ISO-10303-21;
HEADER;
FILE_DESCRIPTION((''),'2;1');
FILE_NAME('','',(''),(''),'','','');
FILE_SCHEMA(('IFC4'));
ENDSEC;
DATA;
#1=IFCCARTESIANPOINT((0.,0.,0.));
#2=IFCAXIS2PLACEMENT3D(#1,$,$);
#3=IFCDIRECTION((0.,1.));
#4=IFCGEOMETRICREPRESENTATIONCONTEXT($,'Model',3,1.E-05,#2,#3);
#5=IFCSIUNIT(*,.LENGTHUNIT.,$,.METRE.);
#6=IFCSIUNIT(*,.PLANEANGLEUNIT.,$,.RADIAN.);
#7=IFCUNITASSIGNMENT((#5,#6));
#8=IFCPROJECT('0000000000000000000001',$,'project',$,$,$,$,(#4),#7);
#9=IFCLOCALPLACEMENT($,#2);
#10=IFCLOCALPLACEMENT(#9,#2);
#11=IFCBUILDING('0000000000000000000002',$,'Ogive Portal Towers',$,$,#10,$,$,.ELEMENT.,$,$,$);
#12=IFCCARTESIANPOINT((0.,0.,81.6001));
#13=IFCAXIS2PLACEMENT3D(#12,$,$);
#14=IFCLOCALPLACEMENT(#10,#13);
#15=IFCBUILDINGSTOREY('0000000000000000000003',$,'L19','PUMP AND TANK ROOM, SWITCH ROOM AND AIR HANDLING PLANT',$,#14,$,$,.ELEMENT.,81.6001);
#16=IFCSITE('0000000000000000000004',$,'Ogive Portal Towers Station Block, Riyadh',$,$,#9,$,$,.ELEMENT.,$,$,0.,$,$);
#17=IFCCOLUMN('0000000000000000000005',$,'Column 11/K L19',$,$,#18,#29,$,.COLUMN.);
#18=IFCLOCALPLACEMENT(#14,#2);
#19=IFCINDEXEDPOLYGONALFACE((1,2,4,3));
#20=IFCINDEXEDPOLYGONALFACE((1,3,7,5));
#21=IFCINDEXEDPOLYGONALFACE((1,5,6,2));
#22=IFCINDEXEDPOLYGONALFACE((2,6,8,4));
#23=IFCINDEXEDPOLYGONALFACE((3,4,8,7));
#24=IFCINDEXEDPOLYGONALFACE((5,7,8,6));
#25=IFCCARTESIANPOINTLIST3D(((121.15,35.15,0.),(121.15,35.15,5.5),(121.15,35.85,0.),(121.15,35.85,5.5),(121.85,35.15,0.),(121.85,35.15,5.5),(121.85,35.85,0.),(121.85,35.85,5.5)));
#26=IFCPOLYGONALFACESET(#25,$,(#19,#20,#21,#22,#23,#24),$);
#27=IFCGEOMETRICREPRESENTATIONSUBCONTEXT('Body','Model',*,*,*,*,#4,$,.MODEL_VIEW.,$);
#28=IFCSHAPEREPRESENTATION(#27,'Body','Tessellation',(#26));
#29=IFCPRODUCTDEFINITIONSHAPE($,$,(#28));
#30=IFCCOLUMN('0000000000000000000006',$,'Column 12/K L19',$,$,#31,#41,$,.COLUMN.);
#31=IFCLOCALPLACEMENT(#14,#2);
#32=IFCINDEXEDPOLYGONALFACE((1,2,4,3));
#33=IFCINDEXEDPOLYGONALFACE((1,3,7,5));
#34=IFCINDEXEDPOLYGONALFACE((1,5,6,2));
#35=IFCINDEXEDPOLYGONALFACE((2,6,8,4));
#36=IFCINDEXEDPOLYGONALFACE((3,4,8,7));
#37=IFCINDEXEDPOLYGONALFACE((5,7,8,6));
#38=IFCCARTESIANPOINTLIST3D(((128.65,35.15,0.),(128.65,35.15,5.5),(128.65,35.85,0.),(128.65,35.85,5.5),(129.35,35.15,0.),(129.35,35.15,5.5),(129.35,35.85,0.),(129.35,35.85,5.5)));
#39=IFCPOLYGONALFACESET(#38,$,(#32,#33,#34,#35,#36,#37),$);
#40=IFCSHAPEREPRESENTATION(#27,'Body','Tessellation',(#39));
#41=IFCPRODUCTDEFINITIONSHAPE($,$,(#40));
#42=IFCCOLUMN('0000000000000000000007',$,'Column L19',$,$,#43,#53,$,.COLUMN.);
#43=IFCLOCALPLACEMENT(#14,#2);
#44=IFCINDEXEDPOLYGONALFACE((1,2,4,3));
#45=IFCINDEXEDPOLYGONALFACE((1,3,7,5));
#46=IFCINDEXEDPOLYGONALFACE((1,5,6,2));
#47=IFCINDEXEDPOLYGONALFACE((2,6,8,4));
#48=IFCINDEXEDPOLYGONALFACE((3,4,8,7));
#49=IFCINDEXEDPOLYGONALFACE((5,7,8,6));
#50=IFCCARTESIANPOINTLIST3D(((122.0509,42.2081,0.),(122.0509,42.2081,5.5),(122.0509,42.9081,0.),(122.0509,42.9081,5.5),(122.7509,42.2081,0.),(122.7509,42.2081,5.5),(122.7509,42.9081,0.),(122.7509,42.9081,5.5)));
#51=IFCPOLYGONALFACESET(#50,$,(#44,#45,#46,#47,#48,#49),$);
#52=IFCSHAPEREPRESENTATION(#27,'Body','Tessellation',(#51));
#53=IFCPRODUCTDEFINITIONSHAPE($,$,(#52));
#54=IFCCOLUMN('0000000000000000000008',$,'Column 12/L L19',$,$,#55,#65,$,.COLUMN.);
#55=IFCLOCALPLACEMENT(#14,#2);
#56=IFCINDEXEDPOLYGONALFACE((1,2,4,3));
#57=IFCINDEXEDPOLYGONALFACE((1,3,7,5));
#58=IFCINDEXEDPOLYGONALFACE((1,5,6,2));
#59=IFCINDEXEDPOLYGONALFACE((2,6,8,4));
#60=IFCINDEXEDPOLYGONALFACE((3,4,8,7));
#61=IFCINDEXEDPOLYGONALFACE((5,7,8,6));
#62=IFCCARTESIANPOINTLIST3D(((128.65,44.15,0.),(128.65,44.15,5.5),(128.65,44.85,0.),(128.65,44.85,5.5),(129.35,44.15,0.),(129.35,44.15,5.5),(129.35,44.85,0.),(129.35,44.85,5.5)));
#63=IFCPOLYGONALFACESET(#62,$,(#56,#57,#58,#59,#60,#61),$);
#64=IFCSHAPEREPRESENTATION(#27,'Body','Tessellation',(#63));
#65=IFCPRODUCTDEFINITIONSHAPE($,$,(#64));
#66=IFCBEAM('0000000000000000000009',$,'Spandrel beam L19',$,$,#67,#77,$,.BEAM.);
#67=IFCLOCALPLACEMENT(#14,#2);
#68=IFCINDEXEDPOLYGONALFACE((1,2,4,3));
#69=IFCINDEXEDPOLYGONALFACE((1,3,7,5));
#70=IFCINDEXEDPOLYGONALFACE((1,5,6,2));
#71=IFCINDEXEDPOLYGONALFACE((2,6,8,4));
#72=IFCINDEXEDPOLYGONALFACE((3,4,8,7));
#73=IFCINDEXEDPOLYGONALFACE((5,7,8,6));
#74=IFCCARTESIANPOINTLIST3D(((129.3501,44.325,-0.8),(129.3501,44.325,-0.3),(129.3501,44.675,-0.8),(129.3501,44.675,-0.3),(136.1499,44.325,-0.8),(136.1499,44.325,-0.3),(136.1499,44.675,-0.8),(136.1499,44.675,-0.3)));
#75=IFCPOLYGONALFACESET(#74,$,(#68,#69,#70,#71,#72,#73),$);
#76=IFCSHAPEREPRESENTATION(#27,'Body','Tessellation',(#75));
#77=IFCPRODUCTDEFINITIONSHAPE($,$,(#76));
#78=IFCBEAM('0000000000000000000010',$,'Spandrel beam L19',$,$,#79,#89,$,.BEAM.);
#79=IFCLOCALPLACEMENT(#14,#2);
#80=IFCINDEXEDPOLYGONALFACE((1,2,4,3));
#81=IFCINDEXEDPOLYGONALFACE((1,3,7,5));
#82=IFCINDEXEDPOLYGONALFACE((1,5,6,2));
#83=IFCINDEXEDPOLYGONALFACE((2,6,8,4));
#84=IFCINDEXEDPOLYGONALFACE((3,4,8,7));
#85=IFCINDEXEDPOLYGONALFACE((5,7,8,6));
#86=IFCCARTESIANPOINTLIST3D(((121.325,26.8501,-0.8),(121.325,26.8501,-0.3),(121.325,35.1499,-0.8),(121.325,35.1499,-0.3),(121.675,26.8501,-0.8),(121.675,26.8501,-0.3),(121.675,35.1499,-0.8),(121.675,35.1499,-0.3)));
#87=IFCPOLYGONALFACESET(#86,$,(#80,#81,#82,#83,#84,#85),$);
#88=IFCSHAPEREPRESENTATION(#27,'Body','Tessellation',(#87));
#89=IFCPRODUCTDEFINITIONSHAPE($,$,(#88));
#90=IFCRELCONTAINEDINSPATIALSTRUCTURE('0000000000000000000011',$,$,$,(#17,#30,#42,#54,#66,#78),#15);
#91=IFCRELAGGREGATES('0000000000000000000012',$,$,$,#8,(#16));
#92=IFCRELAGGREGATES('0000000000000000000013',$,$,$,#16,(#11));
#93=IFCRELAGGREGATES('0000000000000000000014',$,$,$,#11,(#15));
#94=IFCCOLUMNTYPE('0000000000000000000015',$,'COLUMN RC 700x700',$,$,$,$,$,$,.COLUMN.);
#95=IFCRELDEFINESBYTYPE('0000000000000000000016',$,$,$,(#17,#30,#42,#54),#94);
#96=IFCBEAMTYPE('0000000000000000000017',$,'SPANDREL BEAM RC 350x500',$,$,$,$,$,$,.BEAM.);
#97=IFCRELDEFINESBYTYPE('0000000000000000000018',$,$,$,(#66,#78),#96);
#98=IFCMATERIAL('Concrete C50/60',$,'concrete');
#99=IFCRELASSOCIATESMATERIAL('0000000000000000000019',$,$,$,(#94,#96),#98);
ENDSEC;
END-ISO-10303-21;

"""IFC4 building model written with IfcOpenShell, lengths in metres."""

from ifc_helpers import new_model, si_unit, direction, frame, origin, origin_2d, place, context, subcontext, project, spatial, rectangle, extrude, material, material_profile, profile_set, type_object, element, save


model = new_model("IFC4")

# Units and contexts
model_context = context("Model", 3, precision=1e-05, world=origin(), true_north=direction((0.0, 1.0)))
body_context = subcontext(model_context, "Body", "Model", "MODEL_VIEW")
ifc_project = project(units=[si_unit("LENGTHUNIT", "METRE"), si_unit("PLANEANGLEUNIT", "RADIAN")], contexts=[model_context])

# Site, building, storey
site_placement = place(None, origin())
site = spatial("IfcSite", under=ifc_project, at=site_placement, Name="Ogive Portal Towers Station Block, Riyadh", CompositionType="ELEMENT", RefElevation=0.0)
building_placement = place(site_placement, origin())
building = spatial("IfcBuilding", under=site, at=building_placement, Name="Ogive Portal Towers", CompositionType="ELEMENT")
storey_placement = place(building_placement, frame((0.0, 0.0, 81.6001)))
storey = spatial("IfcBuildingStorey", under=building, at=storey_placement, Name="L19", Description="PUMP AND TANK ROOM, SWITCH ROOM AND AIR HANDLING PLANT", CompositionType="ELEMENT", Elevation=81.6001)

# Columns
ifc_material_1 = material(Name="Concrete C50/60", Category="concrete")
ifc_material_profile_1 = material_profile(ifc_material_1, rectangle(XDim=0.7, YDim=0.7, at=origin_2d()), Name="RC 700x700")
ifc_profile_set_1 = profile_set([ifc_material_profile_1], Name="Concrete C50/60")
column_type = type_object("IfcColumnType", Name="COLUMN RC 700x700", PredefinedType="COLUMN", material=ifc_profile_set_1)
for number, where, z_axis, x_axis, name in (
    (1, (121.5, 35.5, 0.0), (0.0, 0.0, 1.0), (1.0, 0.0, 0.0), "Column 11/K L19"),
    (2, (129.0, 35.5, 0.0), (0.0, 0.0, 1.0), (1.0, 0.0, 0.0), "Column 12/K L19"),
    (3, (122.4009, 42.5581, 0.0), (0.0, 0.0, 1.0), (1.0, 0.0, 0.0), "Column L19"),
    (4, (129.0, 44.5, 0.0), (0.0, 0.0, 1.0), (1.0, 0.0, 0.0), "Column 12/L L19"),
):
    element("IfcColumn", number, at=place(storey_placement, frame(where, z_axis=z_axis, x_axis=x_axis)), inside=storey, type_object=column_type, Name=name, PredefinedType="COLUMN", context=body_context, shape_type="SweptSolid", body=[
        extrude(rectangle(XDim=0.7, YDim=0.7, at=origin_2d()), origin(), (0.0, 0.0, 1.0), 5.5),
    ])

# Beams
ifc_material_profile_2 = material_profile(ifc_material_1, rectangle(XDim=0.3501, YDim=0.5, at=origin_2d()), Name="RC 350x500")
ifc_profile_set_2 = profile_set([ifc_material_profile_2], Name="Concrete C50/60")
beam_type = type_object("IfcBeamType", Name="SPANDREL BEAM RC 350x500", PredefinedType="BEAM", material=ifc_profile_set_2)
beam_1_placement = place(storey_placement, frame((136.1499, 44.5, -0.55), z_axis=(-1.0, 0.0, 0.0), x_axis=(0.0, -1.0, 0.0)))
element("IfcBeam", 5, at=beam_1_placement, inside=storey, type_object=beam_type, Name="Spandrel beam L19", PredefinedType="BEAM", context=body_context, shape_type="SweptSolid", body=[
    extrude(rectangle(XDim=0.3501, YDim=0.5, at=origin_2d()), origin(), (0.0, 0.0, 1.0), 6.7998),
])
beam_2_placement = place(storey_placement, frame((121.5, 35.1499, -0.55), z_axis=(0.0, -1.0, 0.0), x_axis=(1.0, 0.0, 0.0)))
element("IfcBeam", 6, at=beam_2_placement, inside=storey, type_object=beam_type, Name="Spandrel beam L19", PredefinedType="BEAM", context=body_context, shape_type="SweptSolid", body=[
    extrude(rectangle(XDim=0.3501, YDim=0.5, at=origin_2d()), origin(), (0.0, 0.0, 1.0), 8.2998),
])

save(model, "model.ifc")
